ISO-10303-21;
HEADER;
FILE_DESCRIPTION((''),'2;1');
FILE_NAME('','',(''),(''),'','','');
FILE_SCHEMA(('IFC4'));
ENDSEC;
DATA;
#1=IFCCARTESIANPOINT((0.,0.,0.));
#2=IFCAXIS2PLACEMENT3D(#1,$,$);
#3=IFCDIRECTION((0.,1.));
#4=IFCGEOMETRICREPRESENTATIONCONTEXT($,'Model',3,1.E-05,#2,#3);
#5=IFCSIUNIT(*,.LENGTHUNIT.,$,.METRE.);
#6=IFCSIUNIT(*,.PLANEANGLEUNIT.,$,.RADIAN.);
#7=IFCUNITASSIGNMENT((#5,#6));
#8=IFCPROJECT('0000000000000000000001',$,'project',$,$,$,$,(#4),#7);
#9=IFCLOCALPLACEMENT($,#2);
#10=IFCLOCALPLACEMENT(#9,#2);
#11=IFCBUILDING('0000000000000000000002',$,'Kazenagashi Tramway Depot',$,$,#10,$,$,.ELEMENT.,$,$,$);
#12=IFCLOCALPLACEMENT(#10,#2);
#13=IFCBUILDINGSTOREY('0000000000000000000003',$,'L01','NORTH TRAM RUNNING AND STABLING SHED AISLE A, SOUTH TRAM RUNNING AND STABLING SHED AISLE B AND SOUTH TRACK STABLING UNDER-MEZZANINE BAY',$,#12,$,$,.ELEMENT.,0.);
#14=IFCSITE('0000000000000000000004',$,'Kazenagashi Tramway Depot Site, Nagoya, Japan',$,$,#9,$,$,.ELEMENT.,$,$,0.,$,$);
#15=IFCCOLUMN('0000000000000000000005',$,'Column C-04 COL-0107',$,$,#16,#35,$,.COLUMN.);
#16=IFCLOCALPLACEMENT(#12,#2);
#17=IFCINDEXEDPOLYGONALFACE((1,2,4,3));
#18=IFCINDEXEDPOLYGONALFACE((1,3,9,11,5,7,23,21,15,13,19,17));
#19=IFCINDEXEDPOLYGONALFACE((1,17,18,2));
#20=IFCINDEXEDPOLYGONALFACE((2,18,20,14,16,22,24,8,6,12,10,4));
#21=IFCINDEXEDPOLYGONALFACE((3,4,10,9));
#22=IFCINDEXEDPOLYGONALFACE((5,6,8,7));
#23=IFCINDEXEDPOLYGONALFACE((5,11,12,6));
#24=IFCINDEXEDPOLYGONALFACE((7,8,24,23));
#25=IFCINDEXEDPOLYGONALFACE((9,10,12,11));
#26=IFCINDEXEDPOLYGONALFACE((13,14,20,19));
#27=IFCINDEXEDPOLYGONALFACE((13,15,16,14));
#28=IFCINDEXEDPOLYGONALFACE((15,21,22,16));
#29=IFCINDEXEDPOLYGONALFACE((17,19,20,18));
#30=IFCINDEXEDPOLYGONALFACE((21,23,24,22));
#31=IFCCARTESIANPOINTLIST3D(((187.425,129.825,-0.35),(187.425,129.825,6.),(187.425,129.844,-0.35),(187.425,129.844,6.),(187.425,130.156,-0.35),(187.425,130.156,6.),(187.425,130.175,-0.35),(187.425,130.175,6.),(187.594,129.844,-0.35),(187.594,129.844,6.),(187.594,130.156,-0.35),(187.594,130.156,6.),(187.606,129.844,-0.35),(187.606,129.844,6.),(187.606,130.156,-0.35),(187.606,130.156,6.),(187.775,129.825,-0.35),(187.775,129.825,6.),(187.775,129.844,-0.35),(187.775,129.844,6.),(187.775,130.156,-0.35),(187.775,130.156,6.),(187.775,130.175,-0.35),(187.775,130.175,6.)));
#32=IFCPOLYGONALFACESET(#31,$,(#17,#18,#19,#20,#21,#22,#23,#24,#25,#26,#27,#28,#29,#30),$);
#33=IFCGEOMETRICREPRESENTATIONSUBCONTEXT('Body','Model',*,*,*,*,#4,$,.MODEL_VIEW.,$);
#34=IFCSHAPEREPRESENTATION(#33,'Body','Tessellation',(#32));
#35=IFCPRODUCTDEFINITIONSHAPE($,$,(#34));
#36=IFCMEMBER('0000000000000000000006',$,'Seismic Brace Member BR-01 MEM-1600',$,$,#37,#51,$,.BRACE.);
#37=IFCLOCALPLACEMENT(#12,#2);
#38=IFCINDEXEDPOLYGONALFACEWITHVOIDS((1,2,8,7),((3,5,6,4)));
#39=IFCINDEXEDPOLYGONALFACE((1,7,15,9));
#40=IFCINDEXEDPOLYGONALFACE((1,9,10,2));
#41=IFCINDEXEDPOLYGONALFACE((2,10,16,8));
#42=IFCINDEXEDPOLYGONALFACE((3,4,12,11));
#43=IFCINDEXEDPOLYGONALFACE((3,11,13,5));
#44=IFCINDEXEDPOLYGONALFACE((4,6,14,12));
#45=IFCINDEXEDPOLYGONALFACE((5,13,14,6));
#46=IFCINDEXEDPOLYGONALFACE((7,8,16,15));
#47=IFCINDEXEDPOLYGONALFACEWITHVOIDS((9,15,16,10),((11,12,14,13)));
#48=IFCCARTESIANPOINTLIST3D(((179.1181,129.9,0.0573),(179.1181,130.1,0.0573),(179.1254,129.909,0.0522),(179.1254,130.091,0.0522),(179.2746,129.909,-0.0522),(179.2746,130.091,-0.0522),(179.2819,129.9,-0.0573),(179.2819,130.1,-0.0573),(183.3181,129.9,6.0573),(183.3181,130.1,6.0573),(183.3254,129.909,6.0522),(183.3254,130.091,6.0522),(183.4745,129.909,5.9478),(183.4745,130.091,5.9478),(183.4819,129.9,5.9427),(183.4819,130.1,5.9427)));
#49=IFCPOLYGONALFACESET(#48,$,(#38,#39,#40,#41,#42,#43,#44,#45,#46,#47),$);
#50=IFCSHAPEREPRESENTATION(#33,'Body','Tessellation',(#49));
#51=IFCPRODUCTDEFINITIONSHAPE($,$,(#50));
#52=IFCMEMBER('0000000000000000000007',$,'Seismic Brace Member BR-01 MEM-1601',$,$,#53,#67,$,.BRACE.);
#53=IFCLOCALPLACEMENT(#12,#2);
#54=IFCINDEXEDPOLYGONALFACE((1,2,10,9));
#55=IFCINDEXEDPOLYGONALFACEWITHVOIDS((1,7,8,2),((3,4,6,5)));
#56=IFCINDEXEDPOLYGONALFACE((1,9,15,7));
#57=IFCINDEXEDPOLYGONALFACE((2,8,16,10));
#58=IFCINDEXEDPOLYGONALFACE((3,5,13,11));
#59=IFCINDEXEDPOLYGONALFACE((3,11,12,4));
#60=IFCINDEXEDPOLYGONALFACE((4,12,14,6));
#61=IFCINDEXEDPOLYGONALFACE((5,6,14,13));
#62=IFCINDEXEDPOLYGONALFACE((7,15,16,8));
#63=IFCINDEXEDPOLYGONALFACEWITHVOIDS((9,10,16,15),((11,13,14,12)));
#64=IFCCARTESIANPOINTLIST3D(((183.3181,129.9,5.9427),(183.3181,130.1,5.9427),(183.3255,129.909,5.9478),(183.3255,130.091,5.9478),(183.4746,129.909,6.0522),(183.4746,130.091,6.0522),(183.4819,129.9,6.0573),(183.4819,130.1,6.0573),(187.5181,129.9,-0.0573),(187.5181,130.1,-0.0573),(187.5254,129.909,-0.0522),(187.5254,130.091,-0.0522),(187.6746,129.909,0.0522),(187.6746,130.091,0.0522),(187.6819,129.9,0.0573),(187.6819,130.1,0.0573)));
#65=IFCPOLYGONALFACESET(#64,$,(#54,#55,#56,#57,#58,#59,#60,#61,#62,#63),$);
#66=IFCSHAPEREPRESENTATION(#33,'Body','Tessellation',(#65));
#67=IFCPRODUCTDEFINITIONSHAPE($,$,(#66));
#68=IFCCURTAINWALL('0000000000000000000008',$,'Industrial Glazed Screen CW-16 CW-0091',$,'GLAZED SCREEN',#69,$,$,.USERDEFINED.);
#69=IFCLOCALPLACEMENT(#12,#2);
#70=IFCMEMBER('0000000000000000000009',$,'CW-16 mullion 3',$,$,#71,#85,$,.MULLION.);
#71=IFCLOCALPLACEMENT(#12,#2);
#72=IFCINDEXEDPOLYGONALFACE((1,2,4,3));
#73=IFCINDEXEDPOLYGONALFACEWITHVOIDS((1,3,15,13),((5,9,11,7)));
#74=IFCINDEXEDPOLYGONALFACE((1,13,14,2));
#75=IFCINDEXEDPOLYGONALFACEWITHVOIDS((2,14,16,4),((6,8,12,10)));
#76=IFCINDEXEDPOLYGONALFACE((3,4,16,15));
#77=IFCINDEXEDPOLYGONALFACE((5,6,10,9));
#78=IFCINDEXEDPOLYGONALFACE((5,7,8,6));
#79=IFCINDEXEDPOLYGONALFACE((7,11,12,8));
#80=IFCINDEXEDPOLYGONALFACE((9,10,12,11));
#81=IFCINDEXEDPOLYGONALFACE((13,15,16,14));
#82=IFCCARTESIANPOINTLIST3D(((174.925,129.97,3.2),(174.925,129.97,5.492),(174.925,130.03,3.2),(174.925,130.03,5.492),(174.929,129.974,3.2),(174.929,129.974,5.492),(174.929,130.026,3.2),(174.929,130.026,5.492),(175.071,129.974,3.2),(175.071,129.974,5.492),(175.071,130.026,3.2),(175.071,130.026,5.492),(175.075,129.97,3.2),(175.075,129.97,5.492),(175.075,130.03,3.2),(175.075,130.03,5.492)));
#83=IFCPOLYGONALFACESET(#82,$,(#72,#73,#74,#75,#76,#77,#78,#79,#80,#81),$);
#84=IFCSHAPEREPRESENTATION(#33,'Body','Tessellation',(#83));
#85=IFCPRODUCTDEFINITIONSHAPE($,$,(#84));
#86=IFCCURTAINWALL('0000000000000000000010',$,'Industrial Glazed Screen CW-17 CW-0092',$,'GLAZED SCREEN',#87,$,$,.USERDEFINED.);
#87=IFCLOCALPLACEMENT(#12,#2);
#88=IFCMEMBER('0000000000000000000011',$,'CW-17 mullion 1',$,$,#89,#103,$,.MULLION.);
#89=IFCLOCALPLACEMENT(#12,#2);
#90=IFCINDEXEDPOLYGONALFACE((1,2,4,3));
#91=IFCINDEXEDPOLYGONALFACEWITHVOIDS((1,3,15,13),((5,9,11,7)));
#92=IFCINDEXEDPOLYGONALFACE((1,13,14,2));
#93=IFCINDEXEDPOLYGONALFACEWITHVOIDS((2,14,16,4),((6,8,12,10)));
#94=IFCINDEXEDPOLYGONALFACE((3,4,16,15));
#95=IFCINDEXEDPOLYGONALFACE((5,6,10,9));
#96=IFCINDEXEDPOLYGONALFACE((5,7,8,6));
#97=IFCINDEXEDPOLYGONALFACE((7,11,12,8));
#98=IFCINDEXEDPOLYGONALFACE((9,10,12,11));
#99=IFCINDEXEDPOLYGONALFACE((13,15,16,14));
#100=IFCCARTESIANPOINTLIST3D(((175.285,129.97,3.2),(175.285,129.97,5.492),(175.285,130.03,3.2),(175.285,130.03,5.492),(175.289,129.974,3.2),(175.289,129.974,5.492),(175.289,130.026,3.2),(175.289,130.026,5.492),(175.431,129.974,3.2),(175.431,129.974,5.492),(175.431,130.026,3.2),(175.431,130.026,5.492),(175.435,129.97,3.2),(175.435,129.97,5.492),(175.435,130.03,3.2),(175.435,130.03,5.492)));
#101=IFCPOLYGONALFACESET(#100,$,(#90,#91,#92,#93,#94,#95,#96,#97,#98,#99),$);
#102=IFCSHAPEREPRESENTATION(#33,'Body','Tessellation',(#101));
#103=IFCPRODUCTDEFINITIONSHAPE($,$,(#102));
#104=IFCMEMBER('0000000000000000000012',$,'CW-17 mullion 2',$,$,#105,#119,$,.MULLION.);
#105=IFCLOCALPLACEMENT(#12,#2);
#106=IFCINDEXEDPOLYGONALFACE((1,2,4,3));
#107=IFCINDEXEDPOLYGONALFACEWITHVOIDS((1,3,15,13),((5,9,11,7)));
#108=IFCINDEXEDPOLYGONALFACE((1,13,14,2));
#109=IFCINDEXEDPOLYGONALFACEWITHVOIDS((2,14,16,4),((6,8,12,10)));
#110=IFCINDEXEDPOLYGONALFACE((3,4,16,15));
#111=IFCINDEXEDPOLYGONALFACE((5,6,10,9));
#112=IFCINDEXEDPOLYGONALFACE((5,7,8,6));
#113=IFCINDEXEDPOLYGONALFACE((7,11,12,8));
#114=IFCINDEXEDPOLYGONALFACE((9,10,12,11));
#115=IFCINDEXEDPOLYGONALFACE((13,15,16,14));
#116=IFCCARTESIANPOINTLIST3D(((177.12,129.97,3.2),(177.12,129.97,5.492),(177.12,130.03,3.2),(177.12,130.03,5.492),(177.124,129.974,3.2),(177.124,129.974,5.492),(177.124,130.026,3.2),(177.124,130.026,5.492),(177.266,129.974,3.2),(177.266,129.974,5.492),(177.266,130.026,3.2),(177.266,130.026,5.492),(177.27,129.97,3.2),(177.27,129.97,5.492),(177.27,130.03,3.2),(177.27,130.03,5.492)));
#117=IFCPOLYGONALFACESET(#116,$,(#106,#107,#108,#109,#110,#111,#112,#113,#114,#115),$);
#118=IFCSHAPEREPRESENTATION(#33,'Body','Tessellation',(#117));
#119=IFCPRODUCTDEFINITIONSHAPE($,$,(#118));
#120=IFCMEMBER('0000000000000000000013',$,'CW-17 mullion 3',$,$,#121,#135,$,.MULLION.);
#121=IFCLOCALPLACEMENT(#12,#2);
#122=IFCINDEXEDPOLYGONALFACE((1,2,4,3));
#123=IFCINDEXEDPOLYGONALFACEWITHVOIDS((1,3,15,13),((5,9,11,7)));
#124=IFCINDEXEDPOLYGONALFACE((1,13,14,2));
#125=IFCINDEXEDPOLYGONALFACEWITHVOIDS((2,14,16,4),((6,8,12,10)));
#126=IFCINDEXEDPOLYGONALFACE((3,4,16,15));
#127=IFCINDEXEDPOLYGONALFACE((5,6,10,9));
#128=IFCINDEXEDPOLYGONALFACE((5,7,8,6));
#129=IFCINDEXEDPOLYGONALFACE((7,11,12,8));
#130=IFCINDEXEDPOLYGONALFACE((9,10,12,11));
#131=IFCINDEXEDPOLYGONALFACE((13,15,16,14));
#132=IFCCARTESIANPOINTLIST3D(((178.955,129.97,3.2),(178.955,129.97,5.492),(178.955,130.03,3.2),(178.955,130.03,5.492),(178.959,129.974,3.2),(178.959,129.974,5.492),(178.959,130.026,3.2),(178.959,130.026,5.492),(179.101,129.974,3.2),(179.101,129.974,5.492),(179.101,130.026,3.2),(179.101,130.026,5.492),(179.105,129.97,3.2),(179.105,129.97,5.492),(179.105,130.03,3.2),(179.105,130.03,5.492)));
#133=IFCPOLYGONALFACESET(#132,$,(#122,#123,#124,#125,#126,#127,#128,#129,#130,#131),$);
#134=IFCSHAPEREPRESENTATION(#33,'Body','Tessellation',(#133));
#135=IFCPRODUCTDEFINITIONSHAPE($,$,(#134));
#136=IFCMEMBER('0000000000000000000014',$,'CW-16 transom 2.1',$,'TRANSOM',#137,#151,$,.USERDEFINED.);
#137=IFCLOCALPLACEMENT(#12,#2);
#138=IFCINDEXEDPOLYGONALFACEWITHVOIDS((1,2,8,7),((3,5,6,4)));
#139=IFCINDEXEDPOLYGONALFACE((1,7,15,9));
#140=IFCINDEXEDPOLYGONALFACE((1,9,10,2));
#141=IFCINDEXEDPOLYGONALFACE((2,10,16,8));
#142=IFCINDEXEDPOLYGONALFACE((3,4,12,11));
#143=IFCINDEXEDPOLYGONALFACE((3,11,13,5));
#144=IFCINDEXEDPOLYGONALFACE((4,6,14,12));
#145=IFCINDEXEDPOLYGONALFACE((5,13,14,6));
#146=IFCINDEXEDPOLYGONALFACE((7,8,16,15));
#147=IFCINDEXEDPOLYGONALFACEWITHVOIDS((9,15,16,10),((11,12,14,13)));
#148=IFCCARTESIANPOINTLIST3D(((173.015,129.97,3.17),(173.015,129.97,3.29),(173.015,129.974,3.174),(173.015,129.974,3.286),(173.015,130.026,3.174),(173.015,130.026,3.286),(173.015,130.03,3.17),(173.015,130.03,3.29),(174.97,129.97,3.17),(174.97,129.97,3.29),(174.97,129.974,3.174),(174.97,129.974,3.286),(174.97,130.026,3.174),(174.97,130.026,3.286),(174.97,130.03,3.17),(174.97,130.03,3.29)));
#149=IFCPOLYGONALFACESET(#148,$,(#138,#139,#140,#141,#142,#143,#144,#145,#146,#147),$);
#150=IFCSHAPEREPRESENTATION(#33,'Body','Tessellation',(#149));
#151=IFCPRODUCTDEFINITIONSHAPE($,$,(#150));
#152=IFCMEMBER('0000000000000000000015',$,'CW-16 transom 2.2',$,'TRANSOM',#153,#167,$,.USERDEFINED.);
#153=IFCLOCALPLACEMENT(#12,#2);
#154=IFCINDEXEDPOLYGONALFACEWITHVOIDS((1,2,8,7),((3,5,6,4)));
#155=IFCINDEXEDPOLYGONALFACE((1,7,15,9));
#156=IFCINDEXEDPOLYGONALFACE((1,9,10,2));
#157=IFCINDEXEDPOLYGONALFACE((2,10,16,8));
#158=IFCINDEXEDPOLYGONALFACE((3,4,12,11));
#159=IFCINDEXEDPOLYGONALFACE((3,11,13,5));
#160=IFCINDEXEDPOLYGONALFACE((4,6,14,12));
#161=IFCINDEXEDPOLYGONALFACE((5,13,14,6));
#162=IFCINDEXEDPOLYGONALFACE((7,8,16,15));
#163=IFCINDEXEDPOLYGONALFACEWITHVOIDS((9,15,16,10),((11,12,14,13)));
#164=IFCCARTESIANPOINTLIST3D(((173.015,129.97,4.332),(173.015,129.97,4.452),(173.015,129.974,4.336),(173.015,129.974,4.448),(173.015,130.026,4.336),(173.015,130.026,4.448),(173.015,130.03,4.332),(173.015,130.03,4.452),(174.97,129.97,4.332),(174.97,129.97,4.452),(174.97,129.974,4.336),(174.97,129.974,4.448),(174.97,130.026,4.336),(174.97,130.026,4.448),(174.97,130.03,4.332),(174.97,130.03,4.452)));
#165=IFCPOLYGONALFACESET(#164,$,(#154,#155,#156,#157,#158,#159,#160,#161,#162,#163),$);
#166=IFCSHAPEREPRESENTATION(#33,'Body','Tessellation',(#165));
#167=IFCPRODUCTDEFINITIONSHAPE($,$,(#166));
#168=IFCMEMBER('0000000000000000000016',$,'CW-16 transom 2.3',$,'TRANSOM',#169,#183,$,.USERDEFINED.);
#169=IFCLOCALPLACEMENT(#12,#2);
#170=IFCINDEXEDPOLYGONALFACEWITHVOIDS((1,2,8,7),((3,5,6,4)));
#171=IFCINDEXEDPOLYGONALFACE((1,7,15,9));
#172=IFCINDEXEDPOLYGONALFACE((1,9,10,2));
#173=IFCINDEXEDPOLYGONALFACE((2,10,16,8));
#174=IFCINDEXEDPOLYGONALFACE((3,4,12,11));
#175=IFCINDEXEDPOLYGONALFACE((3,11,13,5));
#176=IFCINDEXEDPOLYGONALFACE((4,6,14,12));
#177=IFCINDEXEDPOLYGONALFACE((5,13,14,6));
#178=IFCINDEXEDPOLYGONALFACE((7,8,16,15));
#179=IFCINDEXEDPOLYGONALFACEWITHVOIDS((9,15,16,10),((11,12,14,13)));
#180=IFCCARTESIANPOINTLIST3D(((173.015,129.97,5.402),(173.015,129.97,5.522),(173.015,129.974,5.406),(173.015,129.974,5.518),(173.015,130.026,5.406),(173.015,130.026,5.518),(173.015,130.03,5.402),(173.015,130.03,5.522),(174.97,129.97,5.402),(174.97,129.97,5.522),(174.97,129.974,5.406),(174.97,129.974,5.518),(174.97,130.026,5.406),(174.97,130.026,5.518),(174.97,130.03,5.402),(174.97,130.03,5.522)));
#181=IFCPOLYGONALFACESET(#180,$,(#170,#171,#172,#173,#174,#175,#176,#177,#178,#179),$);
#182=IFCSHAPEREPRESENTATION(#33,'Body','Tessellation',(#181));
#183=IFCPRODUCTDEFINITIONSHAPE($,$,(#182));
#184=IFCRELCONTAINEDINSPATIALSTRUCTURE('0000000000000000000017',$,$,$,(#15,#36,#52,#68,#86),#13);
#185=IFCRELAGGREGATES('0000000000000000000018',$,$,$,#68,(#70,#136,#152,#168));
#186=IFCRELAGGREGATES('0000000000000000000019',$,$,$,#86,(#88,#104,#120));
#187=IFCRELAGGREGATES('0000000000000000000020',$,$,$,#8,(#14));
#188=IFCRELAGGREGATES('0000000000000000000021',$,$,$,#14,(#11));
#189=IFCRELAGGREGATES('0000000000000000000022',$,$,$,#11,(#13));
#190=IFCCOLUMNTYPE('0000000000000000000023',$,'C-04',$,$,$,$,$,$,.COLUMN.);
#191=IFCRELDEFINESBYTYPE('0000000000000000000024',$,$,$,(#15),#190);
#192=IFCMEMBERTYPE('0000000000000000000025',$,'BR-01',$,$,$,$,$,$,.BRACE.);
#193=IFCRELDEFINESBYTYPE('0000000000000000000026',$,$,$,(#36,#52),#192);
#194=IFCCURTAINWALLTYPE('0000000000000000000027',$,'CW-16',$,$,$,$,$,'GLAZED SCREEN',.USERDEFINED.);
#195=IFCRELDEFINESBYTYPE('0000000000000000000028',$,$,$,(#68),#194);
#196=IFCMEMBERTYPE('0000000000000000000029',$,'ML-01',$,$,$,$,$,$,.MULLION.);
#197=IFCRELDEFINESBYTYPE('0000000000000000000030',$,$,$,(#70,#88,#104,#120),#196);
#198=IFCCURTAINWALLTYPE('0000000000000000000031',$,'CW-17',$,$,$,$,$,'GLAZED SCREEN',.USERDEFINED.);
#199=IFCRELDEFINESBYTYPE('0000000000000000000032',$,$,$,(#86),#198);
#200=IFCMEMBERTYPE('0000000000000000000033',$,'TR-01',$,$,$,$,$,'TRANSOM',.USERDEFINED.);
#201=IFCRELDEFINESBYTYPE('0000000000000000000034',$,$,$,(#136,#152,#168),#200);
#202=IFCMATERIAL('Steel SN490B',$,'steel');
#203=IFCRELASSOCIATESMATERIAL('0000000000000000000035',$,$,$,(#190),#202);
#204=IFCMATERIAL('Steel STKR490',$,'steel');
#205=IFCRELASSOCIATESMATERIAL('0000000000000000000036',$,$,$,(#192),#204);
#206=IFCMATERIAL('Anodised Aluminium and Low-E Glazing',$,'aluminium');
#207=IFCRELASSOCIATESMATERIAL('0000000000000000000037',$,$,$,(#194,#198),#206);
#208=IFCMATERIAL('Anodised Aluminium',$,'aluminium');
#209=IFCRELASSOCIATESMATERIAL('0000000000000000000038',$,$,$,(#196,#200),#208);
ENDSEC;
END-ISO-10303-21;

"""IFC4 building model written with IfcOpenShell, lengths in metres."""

from ifc_helpers import new_model, si_unit, direction, frame, origin, origin_2d, place, context, subcontext, project, spatial, hollow_rectangle, i_section, extrude, material, material_profile, profile_set, type_object, element, aggregate, save


model = new_model("IFC4")

# Units and contexts
model_context = context("Model", 3, precision=1e-05, world=origin(), true_north=direction((0.0, 1.0)))
body_context = subcontext(model_context, "Body", "Model", "MODEL_VIEW")
ifc_project = project(units=[si_unit("LENGTHUNIT", "METRE"), si_unit("PLANEANGLEUNIT", "RADIAN")], contexts=[model_context])

# Site, building, storey
site_placement = place(None, origin())
site = spatial("IfcSite", under=ifc_project, at=site_placement, Name="Kazenagashi Tramway Depot Site, Nagoya, Japan", CompositionType="ELEMENT", RefElevation=0.0)
building_placement = place(site_placement, origin())
building = spatial("IfcBuilding", under=site, at=building_placement, Name="Kazenagashi Tramway Depot", CompositionType="ELEMENT")
storey_placement = place(building_placement, origin())
storey = spatial("IfcBuildingStorey", under=building, at=storey_placement, Name="L01", Description="NORTH TRAM RUNNING AND STABLING SHED AISLE A, SOUTH TRAM RUNNING AND STABLING SHED AISLE B AND SOUTH TRACK STABLING UNDER-MEZZANINE BAY", CompositionType="ELEMENT", Elevation=0.0)

# Column
ifc_material_1 = material(Name="Steel SN490B", Category="steel")
ifc_material_profile_1 = material_profile(ifc_material_1, i_section(OverallWidth=0.35, OverallDepth=0.35, WebThickness=0.012, FlangeThickness=0.019, at=origin_2d()), Name="H-350x350x12x19")
ifc_profile_set_1 = profile_set([ifc_material_profile_1], Name="Steel SN490B")
column_type = type_object("IfcColumnType", Name="C-04", PredefinedType="COLUMN", material=ifc_profile_set_1)
for number, where, z_axis, x_axis, name in (
    (1, (187.6, 130.0, -0.35), (0.0, 0.0, 1.0), (1.0, 0.0, 0.0), "Column C-04 COL-0107"),
):
    element("IfcColumn", number, at=place(storey_placement, frame(where, z_axis=z_axis, x_axis=x_axis)), inside=storey, type_object=column_type, Name=name, PredefinedType="COLUMN", context=body_context, shape_type="SweptSolid", body=[
        extrude(i_section(OverallWidth=0.35, OverallDepth=0.35, WebThickness=0.012, FlangeThickness=0.019, at=origin_2d()), origin(), (0.0, 0.0, 1.0), 6.35),
    ])

# Members
ifc_material_2 = material(Name="Steel STKR490", Category="steel")
ifc_material_profile_2 = material_profile(ifc_material_2, hollow_rectangle(XDim=0.2, YDim=0.2, WallThickness=0.009, at=origin_2d()), Name="SHS-200x200x9")
ifc_profile_set_2 = profile_set([ifc_material_profile_2], Name="Steel STKR490")
member_type_1 = type_object("IfcMemberType", Name="BR-01", PredefinedType="BRACE", material=ifc_profile_set_2)
for number, where, z_axis, x_axis, name in (
    (2, (179.2, 130.0, 0.0), (0.573462, 0.0, 0.819232), (0.0, 1.0, 0.0), "Seismic Brace Member BR-01 MEM-1600"),
    (3, (187.6, 130.0, 0.0), (-0.573462, 0.0, 0.819232), (0.0, -1.0, 0.0), "Seismic Brace Member BR-01 MEM-1601"),
):
    element("IfcMember", number, at=place(storey_placement, frame(where, z_axis=z_axis, x_axis=x_axis)), inside=storey, type_object=member_type_1, Name=name, PredefinedType="BRACE", context=body_context, shape_type="SweptSolid", body=[
        extrude(hollow_rectangle(XDim=0.2, YDim=0.2, WallThickness=0.009, at=origin_2d()), origin(), (0.0, 0.0, 1.0), 7.3239),
    ])

# Curtain wall, member
ifc_material_3 = material(Name="Anodised Aluminium and Low-E Glazing", Category="aluminium")
curtain_wall_type_1 = type_object("IfcCurtainWallType", Name="CW-16", ElementType="GLAZED SCREEN", PredefinedType="USERDEFINED", material=ifc_material_3)
curtain_wall_1_placement = place(storey_placement, origin())
curtain_wall_1 = element("IfcCurtainWall", 4, at=curtain_wall_1_placement, inside=storey, type_object=curtain_wall_type_1, Name="Industrial Glazed Screen CW-16 CW-0091", ObjectType="GLAZED SCREEN", PredefinedType="USERDEFINED")
ifc_material_4 = material(Name="Anodised Aluminium", Category="aluminium")
ifc_material_profile_3 = material_profile(ifc_material_4, hollow_rectangle(XDim=0.06, YDim=0.15, WallThickness=0.004, at=origin_2d()), Name="RHS-150x60x4")
ifc_profile_set_3 = profile_set([ifc_material_profile_3], Name="Anodised Aluminium")
member_type_2 = type_object("IfcMemberType", Name="ML-01", PredefinedType="MULLION", material=ifc_profile_set_3)
member_1_placement = place(storey_placement, frame((175.0, 130.0, 3.2), z_axis=(0.0, 0.0, 1.0), x_axis=(0.0, 1.0, 0.0)))
member_1 = element("IfcMember", 5, at=member_1_placement, type_object=member_type_2, Name="CW-16 mullion 3", PredefinedType="MULLION", context=body_context, shape_type="SweptSolid", body=[
    extrude(hollow_rectangle(XDim=0.06, YDim=0.15, WallThickness=0.004, at=origin_2d()), origin(), (0.0, 0.0, 1.0), 2.292),
])

# Curtain wall, members
curtain_wall_type_2 = type_object("IfcCurtainWallType", Name="CW-17", ElementType="GLAZED SCREEN", PredefinedType="USERDEFINED", material=ifc_material_3)
curtain_wall_2_placement = place(storey_placement, origin())
curtain_wall_2 = element("IfcCurtainWall", 6, at=curtain_wall_2_placement, inside=storey, type_object=curtain_wall_type_2, Name="Industrial Glazed Screen CW-17 CW-0092", ObjectType="GLAZED SCREEN", PredefinedType="USERDEFINED")
member_2_placement = place(storey_placement, frame((175.36, 130.0, 3.2), z_axis=(0.0, 0.0, 1.0), x_axis=(0.0, 1.0, 0.0)))
member_2 = element("IfcMember", 7, at=member_2_placement, type_object=member_type_2, Name="CW-17 mullion 1", PredefinedType="MULLION", context=body_context, shape_type="SweptSolid", body=[
    extrude(hollow_rectangle(XDim=0.06, YDim=0.15, WallThickness=0.004, at=origin_2d()), origin(), (0.0, 0.0, 1.0), 2.292),
])
member_3_placement = place(storey_placement, frame((177.195, 130.0, 3.2), z_axis=(0.0, 0.0, 1.0), x_axis=(0.0, 1.0, 0.0)))
member_3 = element("IfcMember", 8, at=member_3_placement, type_object=member_type_2, Name="CW-17 mullion 2", PredefinedType="MULLION", context=body_context, shape_type="SweptSolid", body=[
    extrude(hollow_rectangle(XDim=0.06, YDim=0.15, WallThickness=0.004, at=origin_2d()), origin(), (0.0, 0.0, 1.0), 2.292),
])
member_4_placement = place(storey_placement, frame((179.03, 130.0, 3.2), z_axis=(0.0, 0.0, 1.0), x_axis=(0.0, 1.0, 0.0)))
member_4 = element("IfcMember", 9, at=member_4_placement, type_object=member_type_2, Name="CW-17 mullion 3", PredefinedType="MULLION", context=body_context, shape_type="SweptSolid", body=[
    extrude(hollow_rectangle(XDim=0.06, YDim=0.15, WallThickness=0.004, at=origin_2d()), origin(), (0.0, 0.0, 1.0), 2.292),
])

# Members
ifc_material_profile_4 = material_profile(ifc_material_4, hollow_rectangle(XDim=0.06, YDim=0.12, WallThickness=0.004, at=origin_2d()), Name="RHS-120x60x4")
ifc_profile_set_4 = profile_set([ifc_material_profile_4], Name="Anodised Aluminium")
member_type_3 = type_object("IfcMemberType", Name="TR-01", ElementType="TRANSOM", PredefinedType="USERDEFINED", material=ifc_profile_set_4)
member_5_placement = place(storey_placement, frame((173.015, 130.0, 3.23), z_axis=(1.0, 0.0, 0.0), x_axis=(0.0, 1.0, 0.0)))
member_5 = element("IfcMember", 10, at=member_5_placement, type_object=member_type_3, Name="CW-16 transom 2.1", ObjectType="TRANSOM", PredefinedType="USERDEFINED", context=body_context, shape_type="SweptSolid", body=[
    extrude(hollow_rectangle(XDim=0.06, YDim=0.12, WallThickness=0.004, at=origin_2d()), origin(), (0.0, 0.0, 1.0), 1.955),
])
member_6_placement = place(storey_placement, frame((173.015, 130.0, 4.392), z_axis=(1.0, 0.0, 0.0), x_axis=(0.0, 1.0, 0.0)))
member_6 = element("IfcMember", 11, at=member_6_placement, type_object=member_type_3, Name="CW-16 transom 2.2", ObjectType="TRANSOM", PredefinedType="USERDEFINED", context=body_context, shape_type="SweptSolid", body=[
    extrude(hollow_rectangle(XDim=0.06, YDim=0.12, WallThickness=0.004, at=origin_2d()), origin(), (0.0, 0.0, 1.0), 1.955),
])
member_7_placement = place(storey_placement, frame((173.015, 130.0, 5.462), z_axis=(1.0, 0.0, 0.0), x_axis=(0.0, 1.0, 0.0)))
member_7 = element("IfcMember", 12, at=member_7_placement, type_object=member_type_3, Name="CW-16 transom 2.3", ObjectType="TRANSOM", PredefinedType="USERDEFINED", context=body_context, shape_type="SweptSolid", body=[
    extrude(hollow_rectangle(XDim=0.06, YDim=0.12, WallThickness=0.004, at=origin_2d()), origin(), (0.0, 0.0, 1.0), 1.955),
])

aggregate(curtain_wall_1, [member_1, member_5, member_6, member_7])
aggregate(curtain_wall_2, [member_2, member_3, member_4])

save(model, "model.ifc")
